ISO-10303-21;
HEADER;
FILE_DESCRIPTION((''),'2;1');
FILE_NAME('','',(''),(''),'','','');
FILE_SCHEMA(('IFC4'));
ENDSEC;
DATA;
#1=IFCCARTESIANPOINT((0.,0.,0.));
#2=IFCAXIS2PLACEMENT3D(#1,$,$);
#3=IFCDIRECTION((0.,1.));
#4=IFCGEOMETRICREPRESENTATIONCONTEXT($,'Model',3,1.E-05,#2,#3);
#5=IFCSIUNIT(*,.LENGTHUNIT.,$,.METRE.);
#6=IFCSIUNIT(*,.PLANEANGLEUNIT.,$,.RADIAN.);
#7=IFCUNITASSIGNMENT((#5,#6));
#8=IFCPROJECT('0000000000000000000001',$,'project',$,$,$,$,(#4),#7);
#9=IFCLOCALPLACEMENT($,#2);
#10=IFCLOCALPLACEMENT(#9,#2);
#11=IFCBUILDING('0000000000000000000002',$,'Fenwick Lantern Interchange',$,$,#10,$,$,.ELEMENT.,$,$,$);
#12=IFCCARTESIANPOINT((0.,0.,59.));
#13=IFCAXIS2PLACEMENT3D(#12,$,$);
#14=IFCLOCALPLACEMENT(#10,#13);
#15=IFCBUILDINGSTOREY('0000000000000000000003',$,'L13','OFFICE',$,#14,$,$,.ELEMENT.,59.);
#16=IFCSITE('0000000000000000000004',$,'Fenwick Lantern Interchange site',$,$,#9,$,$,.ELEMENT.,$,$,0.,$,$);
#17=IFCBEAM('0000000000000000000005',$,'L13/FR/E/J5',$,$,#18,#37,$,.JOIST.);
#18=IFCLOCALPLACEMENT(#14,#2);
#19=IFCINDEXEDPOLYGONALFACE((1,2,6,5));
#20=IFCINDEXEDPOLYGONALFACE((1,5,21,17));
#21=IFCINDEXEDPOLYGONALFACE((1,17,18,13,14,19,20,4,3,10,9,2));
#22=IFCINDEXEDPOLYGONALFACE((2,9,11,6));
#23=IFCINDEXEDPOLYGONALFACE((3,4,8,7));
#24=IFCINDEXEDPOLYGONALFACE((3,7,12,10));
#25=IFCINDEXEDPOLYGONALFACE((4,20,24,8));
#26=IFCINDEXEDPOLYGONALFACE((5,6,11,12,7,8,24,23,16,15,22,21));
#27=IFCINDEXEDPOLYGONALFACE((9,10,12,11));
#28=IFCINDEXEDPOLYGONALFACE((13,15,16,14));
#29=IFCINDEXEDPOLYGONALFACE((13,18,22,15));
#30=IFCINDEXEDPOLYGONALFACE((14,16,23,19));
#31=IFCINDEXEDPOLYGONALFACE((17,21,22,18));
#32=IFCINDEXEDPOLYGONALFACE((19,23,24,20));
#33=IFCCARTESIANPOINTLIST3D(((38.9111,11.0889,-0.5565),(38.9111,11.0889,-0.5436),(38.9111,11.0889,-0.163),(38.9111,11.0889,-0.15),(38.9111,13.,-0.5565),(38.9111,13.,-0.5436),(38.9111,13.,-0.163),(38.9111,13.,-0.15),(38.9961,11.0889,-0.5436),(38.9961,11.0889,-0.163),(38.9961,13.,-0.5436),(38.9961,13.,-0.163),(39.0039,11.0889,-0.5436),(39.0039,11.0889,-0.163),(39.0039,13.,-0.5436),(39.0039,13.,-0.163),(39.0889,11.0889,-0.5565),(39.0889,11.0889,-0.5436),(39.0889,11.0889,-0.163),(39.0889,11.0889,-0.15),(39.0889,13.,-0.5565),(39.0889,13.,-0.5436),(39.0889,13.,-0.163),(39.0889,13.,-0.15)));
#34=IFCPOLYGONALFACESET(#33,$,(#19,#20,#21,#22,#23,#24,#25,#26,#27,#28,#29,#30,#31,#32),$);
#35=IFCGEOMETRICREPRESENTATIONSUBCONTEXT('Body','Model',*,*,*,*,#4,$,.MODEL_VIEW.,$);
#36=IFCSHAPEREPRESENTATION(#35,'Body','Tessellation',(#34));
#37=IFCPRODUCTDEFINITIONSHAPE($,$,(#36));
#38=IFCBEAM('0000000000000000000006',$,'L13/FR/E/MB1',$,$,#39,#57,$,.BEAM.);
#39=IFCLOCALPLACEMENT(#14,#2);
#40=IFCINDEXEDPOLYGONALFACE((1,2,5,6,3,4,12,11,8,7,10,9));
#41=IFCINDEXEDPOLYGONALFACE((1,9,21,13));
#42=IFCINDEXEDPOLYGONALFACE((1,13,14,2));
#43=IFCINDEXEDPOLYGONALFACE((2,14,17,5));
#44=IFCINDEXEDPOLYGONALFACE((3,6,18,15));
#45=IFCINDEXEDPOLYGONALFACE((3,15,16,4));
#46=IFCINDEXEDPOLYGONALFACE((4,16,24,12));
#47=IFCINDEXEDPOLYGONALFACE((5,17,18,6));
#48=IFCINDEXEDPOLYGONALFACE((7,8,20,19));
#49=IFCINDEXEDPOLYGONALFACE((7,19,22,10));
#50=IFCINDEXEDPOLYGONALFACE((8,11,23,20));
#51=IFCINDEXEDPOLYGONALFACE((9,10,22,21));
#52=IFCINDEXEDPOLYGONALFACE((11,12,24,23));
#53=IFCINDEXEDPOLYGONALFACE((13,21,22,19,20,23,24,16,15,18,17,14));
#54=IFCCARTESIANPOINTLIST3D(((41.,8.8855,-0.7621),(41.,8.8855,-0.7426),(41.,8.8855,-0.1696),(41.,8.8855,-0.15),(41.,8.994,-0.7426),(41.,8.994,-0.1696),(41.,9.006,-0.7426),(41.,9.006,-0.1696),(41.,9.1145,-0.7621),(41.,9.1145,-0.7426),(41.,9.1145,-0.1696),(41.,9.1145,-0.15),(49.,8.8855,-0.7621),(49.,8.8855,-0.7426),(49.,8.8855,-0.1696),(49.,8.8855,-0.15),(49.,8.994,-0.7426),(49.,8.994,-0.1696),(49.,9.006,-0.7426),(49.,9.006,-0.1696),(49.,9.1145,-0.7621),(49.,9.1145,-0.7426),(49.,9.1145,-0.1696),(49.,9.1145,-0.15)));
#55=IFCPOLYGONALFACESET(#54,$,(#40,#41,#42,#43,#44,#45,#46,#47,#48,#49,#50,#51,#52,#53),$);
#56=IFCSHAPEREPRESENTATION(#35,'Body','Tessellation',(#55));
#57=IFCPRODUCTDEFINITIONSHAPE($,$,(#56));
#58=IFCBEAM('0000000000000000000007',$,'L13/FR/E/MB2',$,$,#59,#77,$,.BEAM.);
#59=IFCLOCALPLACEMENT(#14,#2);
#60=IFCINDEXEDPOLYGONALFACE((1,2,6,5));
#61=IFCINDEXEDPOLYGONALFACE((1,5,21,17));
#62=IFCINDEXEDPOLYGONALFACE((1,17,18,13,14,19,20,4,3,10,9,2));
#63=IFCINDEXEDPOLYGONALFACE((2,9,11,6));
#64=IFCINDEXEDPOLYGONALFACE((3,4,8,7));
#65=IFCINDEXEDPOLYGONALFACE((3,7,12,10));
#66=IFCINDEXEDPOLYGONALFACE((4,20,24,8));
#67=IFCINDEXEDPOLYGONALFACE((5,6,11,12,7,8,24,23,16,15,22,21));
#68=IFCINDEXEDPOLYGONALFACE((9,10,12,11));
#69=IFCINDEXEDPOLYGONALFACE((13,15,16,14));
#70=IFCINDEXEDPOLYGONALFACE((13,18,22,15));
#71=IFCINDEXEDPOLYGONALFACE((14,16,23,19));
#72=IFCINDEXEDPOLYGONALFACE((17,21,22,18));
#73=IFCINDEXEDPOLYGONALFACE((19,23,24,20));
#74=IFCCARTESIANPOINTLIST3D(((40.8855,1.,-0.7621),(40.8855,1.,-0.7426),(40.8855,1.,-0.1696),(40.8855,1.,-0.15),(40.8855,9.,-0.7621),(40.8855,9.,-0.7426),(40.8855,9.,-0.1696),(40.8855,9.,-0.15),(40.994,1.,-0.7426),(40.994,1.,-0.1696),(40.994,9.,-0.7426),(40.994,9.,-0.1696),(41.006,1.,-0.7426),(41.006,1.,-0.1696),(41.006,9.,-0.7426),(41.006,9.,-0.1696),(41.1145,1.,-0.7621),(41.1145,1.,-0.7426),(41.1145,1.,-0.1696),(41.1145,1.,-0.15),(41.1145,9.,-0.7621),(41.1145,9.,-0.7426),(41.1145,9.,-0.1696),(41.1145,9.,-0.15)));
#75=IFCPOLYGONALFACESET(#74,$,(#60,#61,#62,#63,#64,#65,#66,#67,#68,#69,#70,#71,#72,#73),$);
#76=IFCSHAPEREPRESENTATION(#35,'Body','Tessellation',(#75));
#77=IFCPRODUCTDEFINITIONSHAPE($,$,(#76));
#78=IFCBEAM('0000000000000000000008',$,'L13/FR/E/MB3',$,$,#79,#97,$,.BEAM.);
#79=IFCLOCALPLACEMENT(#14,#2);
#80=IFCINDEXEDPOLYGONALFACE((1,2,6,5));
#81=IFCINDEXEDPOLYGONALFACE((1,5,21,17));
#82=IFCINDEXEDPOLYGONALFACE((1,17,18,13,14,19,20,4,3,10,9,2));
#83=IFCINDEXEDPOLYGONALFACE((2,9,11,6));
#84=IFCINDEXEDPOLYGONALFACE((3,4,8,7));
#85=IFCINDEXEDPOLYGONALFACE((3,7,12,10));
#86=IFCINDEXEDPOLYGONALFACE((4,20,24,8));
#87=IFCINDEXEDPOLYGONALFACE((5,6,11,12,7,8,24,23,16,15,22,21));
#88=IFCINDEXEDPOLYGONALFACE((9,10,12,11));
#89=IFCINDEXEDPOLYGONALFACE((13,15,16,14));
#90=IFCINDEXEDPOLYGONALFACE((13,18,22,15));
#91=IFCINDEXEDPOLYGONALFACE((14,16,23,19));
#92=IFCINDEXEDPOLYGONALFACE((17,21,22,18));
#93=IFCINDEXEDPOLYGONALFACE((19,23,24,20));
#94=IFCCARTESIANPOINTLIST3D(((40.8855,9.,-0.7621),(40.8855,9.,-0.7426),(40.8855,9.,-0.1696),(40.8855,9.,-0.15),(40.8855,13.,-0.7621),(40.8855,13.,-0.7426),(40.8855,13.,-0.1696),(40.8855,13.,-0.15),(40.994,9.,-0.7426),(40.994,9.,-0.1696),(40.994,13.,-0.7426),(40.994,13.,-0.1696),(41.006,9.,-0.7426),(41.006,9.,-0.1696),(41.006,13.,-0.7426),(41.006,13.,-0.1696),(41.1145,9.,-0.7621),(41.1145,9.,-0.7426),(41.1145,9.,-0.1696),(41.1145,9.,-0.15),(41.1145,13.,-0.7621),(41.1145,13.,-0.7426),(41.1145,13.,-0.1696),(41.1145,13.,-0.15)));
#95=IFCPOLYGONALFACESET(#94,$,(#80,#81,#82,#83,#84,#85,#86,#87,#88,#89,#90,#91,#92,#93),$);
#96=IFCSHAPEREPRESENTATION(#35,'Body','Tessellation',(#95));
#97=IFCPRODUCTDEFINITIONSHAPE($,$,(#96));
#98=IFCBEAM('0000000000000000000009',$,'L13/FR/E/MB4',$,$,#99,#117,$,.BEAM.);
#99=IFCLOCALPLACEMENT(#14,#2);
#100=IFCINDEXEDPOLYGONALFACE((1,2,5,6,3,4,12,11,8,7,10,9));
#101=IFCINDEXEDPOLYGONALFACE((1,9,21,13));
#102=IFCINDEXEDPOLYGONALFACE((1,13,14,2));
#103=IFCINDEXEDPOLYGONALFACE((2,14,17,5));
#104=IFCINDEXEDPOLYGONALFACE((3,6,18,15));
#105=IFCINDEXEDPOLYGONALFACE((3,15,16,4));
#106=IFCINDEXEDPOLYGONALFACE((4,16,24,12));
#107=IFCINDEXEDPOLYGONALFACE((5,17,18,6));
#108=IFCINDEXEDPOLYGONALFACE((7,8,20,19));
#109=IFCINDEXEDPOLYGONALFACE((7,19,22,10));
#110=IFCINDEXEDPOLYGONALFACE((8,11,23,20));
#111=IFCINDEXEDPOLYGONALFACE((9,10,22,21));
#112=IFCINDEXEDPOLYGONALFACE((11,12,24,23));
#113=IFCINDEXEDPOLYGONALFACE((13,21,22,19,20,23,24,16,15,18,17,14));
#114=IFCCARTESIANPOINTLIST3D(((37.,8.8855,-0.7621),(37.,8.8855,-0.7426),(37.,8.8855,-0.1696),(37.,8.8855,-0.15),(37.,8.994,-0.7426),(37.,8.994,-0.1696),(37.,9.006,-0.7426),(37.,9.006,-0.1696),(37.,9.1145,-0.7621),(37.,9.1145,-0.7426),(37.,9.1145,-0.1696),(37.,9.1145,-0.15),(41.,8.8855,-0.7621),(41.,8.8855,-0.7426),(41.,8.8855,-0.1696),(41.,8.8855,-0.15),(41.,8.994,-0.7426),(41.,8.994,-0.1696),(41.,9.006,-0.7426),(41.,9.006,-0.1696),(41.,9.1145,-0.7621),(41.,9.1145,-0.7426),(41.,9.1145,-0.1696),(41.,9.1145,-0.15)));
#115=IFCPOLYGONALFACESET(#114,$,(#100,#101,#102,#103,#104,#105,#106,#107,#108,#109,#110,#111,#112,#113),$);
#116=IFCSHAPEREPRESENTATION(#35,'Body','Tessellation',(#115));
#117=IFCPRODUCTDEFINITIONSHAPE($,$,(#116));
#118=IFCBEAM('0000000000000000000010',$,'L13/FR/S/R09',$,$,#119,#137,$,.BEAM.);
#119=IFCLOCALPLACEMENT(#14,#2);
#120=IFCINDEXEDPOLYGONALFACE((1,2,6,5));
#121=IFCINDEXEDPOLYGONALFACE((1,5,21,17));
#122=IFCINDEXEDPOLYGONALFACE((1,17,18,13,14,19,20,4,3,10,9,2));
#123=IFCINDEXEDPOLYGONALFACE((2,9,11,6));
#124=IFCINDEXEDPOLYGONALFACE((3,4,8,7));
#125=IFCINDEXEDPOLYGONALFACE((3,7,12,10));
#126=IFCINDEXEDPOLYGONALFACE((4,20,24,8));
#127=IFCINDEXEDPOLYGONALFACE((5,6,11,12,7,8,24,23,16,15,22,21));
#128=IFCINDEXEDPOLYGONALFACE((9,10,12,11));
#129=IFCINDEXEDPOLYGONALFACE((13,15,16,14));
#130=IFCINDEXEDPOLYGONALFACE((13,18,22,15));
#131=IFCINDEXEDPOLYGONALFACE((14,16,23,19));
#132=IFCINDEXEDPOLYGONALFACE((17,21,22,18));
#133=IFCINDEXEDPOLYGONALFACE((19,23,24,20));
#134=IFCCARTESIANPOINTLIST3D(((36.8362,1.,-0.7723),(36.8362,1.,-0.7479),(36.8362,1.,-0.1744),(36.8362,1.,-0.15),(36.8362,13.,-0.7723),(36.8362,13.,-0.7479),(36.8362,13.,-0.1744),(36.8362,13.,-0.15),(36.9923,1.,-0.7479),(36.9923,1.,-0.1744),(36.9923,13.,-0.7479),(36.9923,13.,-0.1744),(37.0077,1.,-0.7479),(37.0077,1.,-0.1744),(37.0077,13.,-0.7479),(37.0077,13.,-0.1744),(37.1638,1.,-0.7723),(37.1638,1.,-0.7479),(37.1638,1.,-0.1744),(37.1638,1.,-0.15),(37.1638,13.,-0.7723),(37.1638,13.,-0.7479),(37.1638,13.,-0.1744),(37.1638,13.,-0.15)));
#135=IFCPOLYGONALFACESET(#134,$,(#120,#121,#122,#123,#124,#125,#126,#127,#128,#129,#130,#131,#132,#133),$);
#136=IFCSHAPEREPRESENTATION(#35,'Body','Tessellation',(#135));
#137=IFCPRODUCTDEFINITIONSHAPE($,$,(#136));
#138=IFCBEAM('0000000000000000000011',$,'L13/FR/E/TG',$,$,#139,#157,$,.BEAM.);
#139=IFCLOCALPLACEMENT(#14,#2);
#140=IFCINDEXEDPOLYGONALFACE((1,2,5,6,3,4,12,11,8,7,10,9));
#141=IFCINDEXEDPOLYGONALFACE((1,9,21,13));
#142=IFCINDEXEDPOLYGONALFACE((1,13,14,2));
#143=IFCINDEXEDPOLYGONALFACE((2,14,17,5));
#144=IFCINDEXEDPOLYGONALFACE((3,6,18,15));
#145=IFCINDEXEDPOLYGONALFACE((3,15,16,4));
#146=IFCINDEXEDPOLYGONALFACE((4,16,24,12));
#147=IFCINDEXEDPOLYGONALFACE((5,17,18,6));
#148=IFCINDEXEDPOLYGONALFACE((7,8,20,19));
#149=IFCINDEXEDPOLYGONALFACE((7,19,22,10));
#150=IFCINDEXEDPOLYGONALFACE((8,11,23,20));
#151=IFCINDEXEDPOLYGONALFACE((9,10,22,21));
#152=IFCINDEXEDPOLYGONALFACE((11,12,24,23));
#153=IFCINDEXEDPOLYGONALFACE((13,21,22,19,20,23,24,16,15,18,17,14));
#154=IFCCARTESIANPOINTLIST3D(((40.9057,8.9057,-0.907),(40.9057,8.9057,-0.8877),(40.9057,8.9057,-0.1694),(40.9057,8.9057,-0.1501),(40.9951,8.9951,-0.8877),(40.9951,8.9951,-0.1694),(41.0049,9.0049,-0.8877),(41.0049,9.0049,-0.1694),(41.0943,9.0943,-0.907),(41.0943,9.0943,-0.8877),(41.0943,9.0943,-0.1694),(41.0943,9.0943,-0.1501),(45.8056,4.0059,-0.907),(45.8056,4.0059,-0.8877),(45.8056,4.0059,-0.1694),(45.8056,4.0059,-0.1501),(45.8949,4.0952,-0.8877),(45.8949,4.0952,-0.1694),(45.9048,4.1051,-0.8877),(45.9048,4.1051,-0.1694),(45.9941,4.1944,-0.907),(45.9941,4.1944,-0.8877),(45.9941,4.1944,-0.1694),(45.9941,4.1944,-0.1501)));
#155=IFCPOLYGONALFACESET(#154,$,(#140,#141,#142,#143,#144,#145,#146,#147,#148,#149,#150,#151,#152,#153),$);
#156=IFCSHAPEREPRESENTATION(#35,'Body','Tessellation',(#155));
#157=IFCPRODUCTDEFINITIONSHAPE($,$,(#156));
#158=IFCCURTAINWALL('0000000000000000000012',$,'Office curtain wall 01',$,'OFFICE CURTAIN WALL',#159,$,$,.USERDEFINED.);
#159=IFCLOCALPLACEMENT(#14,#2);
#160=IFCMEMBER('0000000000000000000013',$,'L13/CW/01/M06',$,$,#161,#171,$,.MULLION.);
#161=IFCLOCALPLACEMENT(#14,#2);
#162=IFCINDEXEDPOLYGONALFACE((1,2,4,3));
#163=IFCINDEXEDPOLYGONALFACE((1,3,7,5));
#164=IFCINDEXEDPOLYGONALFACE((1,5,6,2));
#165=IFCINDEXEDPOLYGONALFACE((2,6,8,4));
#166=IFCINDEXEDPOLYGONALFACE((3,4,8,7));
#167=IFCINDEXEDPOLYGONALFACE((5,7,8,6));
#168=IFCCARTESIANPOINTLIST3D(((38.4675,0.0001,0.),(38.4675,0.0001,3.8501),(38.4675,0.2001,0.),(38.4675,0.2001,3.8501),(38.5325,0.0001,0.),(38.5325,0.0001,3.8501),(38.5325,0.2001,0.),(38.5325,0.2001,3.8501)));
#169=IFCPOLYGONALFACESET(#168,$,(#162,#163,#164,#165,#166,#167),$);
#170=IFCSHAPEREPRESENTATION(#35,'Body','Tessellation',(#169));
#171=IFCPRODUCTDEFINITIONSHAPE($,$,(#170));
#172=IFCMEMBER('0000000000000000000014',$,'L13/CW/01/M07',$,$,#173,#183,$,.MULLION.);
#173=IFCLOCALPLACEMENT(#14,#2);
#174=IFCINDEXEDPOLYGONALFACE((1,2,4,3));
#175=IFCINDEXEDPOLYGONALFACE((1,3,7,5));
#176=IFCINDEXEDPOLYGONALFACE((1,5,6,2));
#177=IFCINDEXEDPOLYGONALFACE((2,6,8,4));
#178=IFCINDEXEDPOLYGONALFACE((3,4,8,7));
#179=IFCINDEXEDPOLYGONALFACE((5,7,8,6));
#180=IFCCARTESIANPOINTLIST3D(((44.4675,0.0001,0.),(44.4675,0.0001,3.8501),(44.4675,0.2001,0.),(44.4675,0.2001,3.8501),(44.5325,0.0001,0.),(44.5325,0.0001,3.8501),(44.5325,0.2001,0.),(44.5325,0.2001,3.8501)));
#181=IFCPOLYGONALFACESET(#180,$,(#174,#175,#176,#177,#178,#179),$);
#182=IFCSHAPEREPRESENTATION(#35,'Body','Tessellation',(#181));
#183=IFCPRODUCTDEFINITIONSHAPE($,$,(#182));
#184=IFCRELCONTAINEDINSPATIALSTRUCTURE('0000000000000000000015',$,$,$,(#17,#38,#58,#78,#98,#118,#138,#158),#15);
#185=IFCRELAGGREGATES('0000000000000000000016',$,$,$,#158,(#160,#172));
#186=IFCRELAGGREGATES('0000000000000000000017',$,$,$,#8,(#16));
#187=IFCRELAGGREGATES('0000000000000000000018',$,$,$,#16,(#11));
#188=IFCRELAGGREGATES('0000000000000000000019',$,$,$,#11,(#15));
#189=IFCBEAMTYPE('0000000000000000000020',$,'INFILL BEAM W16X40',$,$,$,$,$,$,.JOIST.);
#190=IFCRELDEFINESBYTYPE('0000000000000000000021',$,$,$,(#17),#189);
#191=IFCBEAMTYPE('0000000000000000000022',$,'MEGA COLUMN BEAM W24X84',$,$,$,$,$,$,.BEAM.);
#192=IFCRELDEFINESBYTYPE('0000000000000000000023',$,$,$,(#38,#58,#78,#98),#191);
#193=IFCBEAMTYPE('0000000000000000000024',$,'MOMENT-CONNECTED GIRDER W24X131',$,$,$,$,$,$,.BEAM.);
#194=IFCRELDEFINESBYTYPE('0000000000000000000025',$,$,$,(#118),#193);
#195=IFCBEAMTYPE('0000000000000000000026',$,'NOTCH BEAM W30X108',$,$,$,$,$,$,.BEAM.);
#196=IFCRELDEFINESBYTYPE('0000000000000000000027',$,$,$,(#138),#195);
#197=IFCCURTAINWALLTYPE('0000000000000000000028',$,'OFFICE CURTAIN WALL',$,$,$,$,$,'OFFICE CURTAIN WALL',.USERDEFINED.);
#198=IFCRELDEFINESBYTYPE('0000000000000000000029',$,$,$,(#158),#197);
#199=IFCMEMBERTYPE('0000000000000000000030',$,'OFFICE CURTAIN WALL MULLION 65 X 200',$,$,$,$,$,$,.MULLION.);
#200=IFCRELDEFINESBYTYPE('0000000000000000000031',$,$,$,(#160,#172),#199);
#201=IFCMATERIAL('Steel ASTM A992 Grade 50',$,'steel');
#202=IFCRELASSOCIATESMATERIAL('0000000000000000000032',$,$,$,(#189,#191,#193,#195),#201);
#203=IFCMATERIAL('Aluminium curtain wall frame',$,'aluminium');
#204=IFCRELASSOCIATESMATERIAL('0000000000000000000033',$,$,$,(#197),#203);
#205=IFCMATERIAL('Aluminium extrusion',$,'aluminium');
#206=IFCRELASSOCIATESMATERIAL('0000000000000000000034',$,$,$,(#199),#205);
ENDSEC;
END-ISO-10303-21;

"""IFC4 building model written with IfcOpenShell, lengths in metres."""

from ifc_helpers import new_model, si_unit, direction, frame, origin, origin_2d, place, context, subcontext, project, spatial, rectangle, i_section, extrude, material, material_profile, profile_set, type_object, element, aggregate, save


model = new_model("IFC4")

# Units and contexts
model_context = context("Model", 3, precision=1e-05, world=origin(), true_north=direction((0.0, 1.0)))
body_context = subcontext(model_context, "Body", "Model", "MODEL_VIEW")
ifc_project = project(units=[si_unit("LENGTHUNIT", "METRE"), si_unit("PLANEANGLEUNIT", "RADIAN")], contexts=[model_context])

# Site, building, storey
site_placement = place(None, origin())
site = spatial("IfcSite", under=ifc_project, at=site_placement, Name="Fenwick Lantern Interchange site", CompositionType="ELEMENT", RefElevation=0.0)
building_placement = place(site_placement, origin())
building = spatial("IfcBuilding", under=site, at=building_placement, Name="Fenwick Lantern Interchange", CompositionType="ELEMENT")
storey_placement = place(building_placement, frame((0.0, 0.0, 59.0)))
storey = spatial("IfcBuildingStorey", under=building, at=storey_placement, Name="L13", Description="OFFICE", CompositionType="ELEMENT", Elevation=59.0)

# Beams
ifc_material_1 = material(Name="Steel ASTM A992 Grade 50", Category="steel")
ifc_material_profile_1 = material_profile(ifc_material_1, i_section(OverallWidth=0.1777, OverallDepth=0.4065, WebThickness=0.0078, FlangeThickness=0.0129, at=origin_2d()), Name="W16X40")
ifc_profile_set_1 = profile_set([ifc_material_profile_1], Name="Steel ASTM A992 Grade 50")
beam_type_1 = type_object("IfcBeamType", Name="INFILL BEAM W16X40", PredefinedType="JOIST", material=ifc_profile_set_1)
beam_1_placement = place(storey_placement, frame((39.0, 11.0889, -0.3533), z_axis=(0.0, 1.0, 0.0), x_axis=(-1.0, 0.0, 0.0)))
element("IfcBeam", 1, at=beam_1_placement, inside=storey, type_object=beam_type_1, Name="L13/FR/E/J5", PredefinedType="JOIST", context=body_context, shape_type="SweptSolid", body=[
    extrude(i_section(OverallWidth=0.1777, OverallDepth=0.4065, WebThickness=0.0078, FlangeThickness=0.0129, at=origin_2d()), origin(), (0.0, 0.0, 1.0), 1.9111),
])
ifc_material_profile_2 = material_profile(ifc_material_1, i_section(OverallWidth=0.229, OverallDepth=0.6121, WebThickness=0.012, FlangeThickness=0.0195, at=origin_2d()), Name="W24X84")
ifc_profile_set_2 = profile_set([ifc_material_profile_2], Name="Steel ASTM A992 Grade 50")
beam_type_2 = type_object("IfcBeamType", Name="MEGA COLUMN BEAM W24X84", PredefinedType="BEAM", material=ifc_profile_set_2)
for number, where, z_axis, x_axis, name in (
    (2, (41.0, 9.0, -0.4561), (1.0, 0.0, 0.0), (0.0, 1.0, 0.0), "L13/FR/E/MB1"),
    (3, (41.0, 9.0, -0.4561), (0.0, -1.0, 0.0), (1.0, 0.0, 0.0), "L13/FR/E/MB2"),
):
    element("IfcBeam", number, at=place(storey_placement, frame(where, z_axis=z_axis, x_axis=x_axis)), inside=storey, type_object=beam_type_2, Name=name, PredefinedType="BEAM", context=body_context, shape_type="SweptSolid", body=[
        extrude(i_section(OverallWidth=0.229, OverallDepth=0.6121, WebThickness=0.012, FlangeThickness=0.0195, at=origin_2d()), origin(), (0.0, 0.0, 1.0), 8.0),
    ])
for number, where, z_axis, x_axis, name in (
    (4, (41.0, 9.0, -0.4561), (0.0, 1.0, 0.0), (-1.0, 0.0, 0.0), "L13/FR/E/MB3"),
    (5, (41.0, 9.0, -0.4561), (-1.0, 0.0, 0.0), (0.0, -1.0, 0.0), "L13/FR/E/MB4"),
):
    element("IfcBeam", number, at=place(storey_placement, frame(where, z_axis=z_axis, x_axis=x_axis)), inside=storey, type_object=beam_type_2, Name=name, PredefinedType="BEAM", context=body_context, shape_type="SweptSolid", body=[
        extrude(i_section(OverallWidth=0.229, OverallDepth=0.6121, WebThickness=0.012, FlangeThickness=0.0195, at=origin_2d()), origin(), (0.0, 0.0, 1.0), 4.0),
    ])
ifc_material_profile_3 = material_profile(ifc_material_1, i_section(OverallWidth=0.3276, OverallDepth=0.6223, WebThickness=0.0154, FlangeThickness=0.0244, at=origin_2d()), Name="W24X131")
ifc_profile_set_3 = profile_set([ifc_material_profile_3], Name="Steel ASTM A992 Grade 50")
beam_type_3 = type_object("IfcBeamType", Name="MOMENT-CONNECTED GIRDER W24X131", PredefinedType="BEAM", material=ifc_profile_set_3)
beam_2_placement = place(storey_placement, frame((37.0, 1.0, -0.4612), z_axis=(0.0, 1.0, 0.0), x_axis=(-1.0, 0.0, 0.0)))
element("IfcBeam", 6, at=beam_2_placement, inside=storey, type_object=beam_type_3, Name="L13/FR/S/R09", PredefinedType="BEAM", context=body_context, shape_type="SweptSolid", body=[
    extrude(i_section(OverallWidth=0.3276, OverallDepth=0.6223, WebThickness=0.0154, FlangeThickness=0.0244, at=origin_2d()), origin(), (0.0, 0.0, 1.0), 12.0),
])
ifc_material_profile_4 = material_profile(ifc_material_1, i_section(OverallWidth=0.2666, OverallDepth=0.7568, WebThickness=0.0139, FlangeThickness=0.0193, at=origin_2d()), Name="W30X108")
ifc_profile_set_4 = profile_set([ifc_material_profile_4], Name="Steel ASTM A992 Grade 50")
beam_type_4 = type_object("IfcBeamType", Name="NOTCH BEAM W30X108", PredefinedType="BEAM", material=ifc_profile_set_4)
beam_3_placement = place(storey_placement, frame((41.0, 9.0, -0.5286), z_axis=(0.707107, -0.707107, 0.0), x_axis=(0.707107, 0.707107, 0.0)))
element("IfcBeam", 7, at=beam_3_placement, inside=storey, type_object=beam_type_4, Name="L13/FR/E/TG", PredefinedType="BEAM", context=body_context, shape_type="SweptSolid", body=[
    extrude(i_section(OverallWidth=0.2666, OverallDepth=0.7568, WebThickness=0.0139, FlangeThickness=0.0193, at=origin_2d()), origin(), (0.0, 0.0, 1.0), 6.9294),
])

# Curtain wall, members
ifc_material_2 = material(Name="Aluminium curtain wall frame", Category="aluminium")
curtain_wall_type = type_object("IfcCurtainWallType", Name="OFFICE CURTAIN WALL", ElementType="OFFICE CURTAIN WALL", PredefinedType="USERDEFINED", material=ifc_material_2)
curtain_wall_placement = place(storey_placement, origin())
curtain_wall = element("IfcCurtainWall", 8, at=curtain_wall_placement, inside=storey, type_object=curtain_wall_type, Name="Office curtain wall 01", ObjectType="OFFICE CURTAIN WALL", PredefinedType="USERDEFINED")
ifc_material_3 = material(Name="Aluminium extrusion", Category="aluminium")
ifc_material_profile_5 = material_profile(ifc_material_3, rectangle(XDim=0.2, YDim=0.0649, at=origin_2d()), Name="OFFICE CURTAIN WALL MULLION 65 X 200")
ifc_profile_set_5 = profile_set([ifc_material_profile_5], Name="Aluminium extrusion")
member_type_1 = type_object("IfcMemberType", Name="OFFICE CURTAIN WALL MULLION 65 X 200", PredefinedType="MULLION", material=ifc_profile_set_5)
member_1_placement = place(storey_placement, frame((38.5, 0.1001, 0.0), z_axis=(0.0, 0.0, 1.0), x_axis=(0.0, 1.0, 0.0)))
member_1 = element("IfcMember", 9, at=member_1_placement, type_object=member_type_1, Name="L13/CW/01/M06", PredefinedType="MULLION", context=body_context, shape_type="SweptSolid", body=[
    extrude(rectangle(XDim=0.2, YDim=0.0649, at=origin_2d()), origin(), (0.0, 0.0, 1.0), 3.8501),
])
member_2_placement = place(storey_placement, frame((44.5, 0.1001, 0.0), z_axis=(0.0, 0.0, 1.0), x_axis=(0.0, 1.0, 0.0)))
member_2 = element("IfcMember", 10, at=member_2_placement, type_object=member_type_1, Name="L13/CW/01/M07", PredefinedType="MULLION", context=body_context, shape_type="SweptSolid", body=[
    extrude(rectangle(XDim=0.2, YDim=0.0649, at=origin_2d()), origin(), (0.0, 0.0, 1.0), 3.8501),
])
aggregate(curtain_wall, [member_1, member_2])

save(model, "model.ifc")
